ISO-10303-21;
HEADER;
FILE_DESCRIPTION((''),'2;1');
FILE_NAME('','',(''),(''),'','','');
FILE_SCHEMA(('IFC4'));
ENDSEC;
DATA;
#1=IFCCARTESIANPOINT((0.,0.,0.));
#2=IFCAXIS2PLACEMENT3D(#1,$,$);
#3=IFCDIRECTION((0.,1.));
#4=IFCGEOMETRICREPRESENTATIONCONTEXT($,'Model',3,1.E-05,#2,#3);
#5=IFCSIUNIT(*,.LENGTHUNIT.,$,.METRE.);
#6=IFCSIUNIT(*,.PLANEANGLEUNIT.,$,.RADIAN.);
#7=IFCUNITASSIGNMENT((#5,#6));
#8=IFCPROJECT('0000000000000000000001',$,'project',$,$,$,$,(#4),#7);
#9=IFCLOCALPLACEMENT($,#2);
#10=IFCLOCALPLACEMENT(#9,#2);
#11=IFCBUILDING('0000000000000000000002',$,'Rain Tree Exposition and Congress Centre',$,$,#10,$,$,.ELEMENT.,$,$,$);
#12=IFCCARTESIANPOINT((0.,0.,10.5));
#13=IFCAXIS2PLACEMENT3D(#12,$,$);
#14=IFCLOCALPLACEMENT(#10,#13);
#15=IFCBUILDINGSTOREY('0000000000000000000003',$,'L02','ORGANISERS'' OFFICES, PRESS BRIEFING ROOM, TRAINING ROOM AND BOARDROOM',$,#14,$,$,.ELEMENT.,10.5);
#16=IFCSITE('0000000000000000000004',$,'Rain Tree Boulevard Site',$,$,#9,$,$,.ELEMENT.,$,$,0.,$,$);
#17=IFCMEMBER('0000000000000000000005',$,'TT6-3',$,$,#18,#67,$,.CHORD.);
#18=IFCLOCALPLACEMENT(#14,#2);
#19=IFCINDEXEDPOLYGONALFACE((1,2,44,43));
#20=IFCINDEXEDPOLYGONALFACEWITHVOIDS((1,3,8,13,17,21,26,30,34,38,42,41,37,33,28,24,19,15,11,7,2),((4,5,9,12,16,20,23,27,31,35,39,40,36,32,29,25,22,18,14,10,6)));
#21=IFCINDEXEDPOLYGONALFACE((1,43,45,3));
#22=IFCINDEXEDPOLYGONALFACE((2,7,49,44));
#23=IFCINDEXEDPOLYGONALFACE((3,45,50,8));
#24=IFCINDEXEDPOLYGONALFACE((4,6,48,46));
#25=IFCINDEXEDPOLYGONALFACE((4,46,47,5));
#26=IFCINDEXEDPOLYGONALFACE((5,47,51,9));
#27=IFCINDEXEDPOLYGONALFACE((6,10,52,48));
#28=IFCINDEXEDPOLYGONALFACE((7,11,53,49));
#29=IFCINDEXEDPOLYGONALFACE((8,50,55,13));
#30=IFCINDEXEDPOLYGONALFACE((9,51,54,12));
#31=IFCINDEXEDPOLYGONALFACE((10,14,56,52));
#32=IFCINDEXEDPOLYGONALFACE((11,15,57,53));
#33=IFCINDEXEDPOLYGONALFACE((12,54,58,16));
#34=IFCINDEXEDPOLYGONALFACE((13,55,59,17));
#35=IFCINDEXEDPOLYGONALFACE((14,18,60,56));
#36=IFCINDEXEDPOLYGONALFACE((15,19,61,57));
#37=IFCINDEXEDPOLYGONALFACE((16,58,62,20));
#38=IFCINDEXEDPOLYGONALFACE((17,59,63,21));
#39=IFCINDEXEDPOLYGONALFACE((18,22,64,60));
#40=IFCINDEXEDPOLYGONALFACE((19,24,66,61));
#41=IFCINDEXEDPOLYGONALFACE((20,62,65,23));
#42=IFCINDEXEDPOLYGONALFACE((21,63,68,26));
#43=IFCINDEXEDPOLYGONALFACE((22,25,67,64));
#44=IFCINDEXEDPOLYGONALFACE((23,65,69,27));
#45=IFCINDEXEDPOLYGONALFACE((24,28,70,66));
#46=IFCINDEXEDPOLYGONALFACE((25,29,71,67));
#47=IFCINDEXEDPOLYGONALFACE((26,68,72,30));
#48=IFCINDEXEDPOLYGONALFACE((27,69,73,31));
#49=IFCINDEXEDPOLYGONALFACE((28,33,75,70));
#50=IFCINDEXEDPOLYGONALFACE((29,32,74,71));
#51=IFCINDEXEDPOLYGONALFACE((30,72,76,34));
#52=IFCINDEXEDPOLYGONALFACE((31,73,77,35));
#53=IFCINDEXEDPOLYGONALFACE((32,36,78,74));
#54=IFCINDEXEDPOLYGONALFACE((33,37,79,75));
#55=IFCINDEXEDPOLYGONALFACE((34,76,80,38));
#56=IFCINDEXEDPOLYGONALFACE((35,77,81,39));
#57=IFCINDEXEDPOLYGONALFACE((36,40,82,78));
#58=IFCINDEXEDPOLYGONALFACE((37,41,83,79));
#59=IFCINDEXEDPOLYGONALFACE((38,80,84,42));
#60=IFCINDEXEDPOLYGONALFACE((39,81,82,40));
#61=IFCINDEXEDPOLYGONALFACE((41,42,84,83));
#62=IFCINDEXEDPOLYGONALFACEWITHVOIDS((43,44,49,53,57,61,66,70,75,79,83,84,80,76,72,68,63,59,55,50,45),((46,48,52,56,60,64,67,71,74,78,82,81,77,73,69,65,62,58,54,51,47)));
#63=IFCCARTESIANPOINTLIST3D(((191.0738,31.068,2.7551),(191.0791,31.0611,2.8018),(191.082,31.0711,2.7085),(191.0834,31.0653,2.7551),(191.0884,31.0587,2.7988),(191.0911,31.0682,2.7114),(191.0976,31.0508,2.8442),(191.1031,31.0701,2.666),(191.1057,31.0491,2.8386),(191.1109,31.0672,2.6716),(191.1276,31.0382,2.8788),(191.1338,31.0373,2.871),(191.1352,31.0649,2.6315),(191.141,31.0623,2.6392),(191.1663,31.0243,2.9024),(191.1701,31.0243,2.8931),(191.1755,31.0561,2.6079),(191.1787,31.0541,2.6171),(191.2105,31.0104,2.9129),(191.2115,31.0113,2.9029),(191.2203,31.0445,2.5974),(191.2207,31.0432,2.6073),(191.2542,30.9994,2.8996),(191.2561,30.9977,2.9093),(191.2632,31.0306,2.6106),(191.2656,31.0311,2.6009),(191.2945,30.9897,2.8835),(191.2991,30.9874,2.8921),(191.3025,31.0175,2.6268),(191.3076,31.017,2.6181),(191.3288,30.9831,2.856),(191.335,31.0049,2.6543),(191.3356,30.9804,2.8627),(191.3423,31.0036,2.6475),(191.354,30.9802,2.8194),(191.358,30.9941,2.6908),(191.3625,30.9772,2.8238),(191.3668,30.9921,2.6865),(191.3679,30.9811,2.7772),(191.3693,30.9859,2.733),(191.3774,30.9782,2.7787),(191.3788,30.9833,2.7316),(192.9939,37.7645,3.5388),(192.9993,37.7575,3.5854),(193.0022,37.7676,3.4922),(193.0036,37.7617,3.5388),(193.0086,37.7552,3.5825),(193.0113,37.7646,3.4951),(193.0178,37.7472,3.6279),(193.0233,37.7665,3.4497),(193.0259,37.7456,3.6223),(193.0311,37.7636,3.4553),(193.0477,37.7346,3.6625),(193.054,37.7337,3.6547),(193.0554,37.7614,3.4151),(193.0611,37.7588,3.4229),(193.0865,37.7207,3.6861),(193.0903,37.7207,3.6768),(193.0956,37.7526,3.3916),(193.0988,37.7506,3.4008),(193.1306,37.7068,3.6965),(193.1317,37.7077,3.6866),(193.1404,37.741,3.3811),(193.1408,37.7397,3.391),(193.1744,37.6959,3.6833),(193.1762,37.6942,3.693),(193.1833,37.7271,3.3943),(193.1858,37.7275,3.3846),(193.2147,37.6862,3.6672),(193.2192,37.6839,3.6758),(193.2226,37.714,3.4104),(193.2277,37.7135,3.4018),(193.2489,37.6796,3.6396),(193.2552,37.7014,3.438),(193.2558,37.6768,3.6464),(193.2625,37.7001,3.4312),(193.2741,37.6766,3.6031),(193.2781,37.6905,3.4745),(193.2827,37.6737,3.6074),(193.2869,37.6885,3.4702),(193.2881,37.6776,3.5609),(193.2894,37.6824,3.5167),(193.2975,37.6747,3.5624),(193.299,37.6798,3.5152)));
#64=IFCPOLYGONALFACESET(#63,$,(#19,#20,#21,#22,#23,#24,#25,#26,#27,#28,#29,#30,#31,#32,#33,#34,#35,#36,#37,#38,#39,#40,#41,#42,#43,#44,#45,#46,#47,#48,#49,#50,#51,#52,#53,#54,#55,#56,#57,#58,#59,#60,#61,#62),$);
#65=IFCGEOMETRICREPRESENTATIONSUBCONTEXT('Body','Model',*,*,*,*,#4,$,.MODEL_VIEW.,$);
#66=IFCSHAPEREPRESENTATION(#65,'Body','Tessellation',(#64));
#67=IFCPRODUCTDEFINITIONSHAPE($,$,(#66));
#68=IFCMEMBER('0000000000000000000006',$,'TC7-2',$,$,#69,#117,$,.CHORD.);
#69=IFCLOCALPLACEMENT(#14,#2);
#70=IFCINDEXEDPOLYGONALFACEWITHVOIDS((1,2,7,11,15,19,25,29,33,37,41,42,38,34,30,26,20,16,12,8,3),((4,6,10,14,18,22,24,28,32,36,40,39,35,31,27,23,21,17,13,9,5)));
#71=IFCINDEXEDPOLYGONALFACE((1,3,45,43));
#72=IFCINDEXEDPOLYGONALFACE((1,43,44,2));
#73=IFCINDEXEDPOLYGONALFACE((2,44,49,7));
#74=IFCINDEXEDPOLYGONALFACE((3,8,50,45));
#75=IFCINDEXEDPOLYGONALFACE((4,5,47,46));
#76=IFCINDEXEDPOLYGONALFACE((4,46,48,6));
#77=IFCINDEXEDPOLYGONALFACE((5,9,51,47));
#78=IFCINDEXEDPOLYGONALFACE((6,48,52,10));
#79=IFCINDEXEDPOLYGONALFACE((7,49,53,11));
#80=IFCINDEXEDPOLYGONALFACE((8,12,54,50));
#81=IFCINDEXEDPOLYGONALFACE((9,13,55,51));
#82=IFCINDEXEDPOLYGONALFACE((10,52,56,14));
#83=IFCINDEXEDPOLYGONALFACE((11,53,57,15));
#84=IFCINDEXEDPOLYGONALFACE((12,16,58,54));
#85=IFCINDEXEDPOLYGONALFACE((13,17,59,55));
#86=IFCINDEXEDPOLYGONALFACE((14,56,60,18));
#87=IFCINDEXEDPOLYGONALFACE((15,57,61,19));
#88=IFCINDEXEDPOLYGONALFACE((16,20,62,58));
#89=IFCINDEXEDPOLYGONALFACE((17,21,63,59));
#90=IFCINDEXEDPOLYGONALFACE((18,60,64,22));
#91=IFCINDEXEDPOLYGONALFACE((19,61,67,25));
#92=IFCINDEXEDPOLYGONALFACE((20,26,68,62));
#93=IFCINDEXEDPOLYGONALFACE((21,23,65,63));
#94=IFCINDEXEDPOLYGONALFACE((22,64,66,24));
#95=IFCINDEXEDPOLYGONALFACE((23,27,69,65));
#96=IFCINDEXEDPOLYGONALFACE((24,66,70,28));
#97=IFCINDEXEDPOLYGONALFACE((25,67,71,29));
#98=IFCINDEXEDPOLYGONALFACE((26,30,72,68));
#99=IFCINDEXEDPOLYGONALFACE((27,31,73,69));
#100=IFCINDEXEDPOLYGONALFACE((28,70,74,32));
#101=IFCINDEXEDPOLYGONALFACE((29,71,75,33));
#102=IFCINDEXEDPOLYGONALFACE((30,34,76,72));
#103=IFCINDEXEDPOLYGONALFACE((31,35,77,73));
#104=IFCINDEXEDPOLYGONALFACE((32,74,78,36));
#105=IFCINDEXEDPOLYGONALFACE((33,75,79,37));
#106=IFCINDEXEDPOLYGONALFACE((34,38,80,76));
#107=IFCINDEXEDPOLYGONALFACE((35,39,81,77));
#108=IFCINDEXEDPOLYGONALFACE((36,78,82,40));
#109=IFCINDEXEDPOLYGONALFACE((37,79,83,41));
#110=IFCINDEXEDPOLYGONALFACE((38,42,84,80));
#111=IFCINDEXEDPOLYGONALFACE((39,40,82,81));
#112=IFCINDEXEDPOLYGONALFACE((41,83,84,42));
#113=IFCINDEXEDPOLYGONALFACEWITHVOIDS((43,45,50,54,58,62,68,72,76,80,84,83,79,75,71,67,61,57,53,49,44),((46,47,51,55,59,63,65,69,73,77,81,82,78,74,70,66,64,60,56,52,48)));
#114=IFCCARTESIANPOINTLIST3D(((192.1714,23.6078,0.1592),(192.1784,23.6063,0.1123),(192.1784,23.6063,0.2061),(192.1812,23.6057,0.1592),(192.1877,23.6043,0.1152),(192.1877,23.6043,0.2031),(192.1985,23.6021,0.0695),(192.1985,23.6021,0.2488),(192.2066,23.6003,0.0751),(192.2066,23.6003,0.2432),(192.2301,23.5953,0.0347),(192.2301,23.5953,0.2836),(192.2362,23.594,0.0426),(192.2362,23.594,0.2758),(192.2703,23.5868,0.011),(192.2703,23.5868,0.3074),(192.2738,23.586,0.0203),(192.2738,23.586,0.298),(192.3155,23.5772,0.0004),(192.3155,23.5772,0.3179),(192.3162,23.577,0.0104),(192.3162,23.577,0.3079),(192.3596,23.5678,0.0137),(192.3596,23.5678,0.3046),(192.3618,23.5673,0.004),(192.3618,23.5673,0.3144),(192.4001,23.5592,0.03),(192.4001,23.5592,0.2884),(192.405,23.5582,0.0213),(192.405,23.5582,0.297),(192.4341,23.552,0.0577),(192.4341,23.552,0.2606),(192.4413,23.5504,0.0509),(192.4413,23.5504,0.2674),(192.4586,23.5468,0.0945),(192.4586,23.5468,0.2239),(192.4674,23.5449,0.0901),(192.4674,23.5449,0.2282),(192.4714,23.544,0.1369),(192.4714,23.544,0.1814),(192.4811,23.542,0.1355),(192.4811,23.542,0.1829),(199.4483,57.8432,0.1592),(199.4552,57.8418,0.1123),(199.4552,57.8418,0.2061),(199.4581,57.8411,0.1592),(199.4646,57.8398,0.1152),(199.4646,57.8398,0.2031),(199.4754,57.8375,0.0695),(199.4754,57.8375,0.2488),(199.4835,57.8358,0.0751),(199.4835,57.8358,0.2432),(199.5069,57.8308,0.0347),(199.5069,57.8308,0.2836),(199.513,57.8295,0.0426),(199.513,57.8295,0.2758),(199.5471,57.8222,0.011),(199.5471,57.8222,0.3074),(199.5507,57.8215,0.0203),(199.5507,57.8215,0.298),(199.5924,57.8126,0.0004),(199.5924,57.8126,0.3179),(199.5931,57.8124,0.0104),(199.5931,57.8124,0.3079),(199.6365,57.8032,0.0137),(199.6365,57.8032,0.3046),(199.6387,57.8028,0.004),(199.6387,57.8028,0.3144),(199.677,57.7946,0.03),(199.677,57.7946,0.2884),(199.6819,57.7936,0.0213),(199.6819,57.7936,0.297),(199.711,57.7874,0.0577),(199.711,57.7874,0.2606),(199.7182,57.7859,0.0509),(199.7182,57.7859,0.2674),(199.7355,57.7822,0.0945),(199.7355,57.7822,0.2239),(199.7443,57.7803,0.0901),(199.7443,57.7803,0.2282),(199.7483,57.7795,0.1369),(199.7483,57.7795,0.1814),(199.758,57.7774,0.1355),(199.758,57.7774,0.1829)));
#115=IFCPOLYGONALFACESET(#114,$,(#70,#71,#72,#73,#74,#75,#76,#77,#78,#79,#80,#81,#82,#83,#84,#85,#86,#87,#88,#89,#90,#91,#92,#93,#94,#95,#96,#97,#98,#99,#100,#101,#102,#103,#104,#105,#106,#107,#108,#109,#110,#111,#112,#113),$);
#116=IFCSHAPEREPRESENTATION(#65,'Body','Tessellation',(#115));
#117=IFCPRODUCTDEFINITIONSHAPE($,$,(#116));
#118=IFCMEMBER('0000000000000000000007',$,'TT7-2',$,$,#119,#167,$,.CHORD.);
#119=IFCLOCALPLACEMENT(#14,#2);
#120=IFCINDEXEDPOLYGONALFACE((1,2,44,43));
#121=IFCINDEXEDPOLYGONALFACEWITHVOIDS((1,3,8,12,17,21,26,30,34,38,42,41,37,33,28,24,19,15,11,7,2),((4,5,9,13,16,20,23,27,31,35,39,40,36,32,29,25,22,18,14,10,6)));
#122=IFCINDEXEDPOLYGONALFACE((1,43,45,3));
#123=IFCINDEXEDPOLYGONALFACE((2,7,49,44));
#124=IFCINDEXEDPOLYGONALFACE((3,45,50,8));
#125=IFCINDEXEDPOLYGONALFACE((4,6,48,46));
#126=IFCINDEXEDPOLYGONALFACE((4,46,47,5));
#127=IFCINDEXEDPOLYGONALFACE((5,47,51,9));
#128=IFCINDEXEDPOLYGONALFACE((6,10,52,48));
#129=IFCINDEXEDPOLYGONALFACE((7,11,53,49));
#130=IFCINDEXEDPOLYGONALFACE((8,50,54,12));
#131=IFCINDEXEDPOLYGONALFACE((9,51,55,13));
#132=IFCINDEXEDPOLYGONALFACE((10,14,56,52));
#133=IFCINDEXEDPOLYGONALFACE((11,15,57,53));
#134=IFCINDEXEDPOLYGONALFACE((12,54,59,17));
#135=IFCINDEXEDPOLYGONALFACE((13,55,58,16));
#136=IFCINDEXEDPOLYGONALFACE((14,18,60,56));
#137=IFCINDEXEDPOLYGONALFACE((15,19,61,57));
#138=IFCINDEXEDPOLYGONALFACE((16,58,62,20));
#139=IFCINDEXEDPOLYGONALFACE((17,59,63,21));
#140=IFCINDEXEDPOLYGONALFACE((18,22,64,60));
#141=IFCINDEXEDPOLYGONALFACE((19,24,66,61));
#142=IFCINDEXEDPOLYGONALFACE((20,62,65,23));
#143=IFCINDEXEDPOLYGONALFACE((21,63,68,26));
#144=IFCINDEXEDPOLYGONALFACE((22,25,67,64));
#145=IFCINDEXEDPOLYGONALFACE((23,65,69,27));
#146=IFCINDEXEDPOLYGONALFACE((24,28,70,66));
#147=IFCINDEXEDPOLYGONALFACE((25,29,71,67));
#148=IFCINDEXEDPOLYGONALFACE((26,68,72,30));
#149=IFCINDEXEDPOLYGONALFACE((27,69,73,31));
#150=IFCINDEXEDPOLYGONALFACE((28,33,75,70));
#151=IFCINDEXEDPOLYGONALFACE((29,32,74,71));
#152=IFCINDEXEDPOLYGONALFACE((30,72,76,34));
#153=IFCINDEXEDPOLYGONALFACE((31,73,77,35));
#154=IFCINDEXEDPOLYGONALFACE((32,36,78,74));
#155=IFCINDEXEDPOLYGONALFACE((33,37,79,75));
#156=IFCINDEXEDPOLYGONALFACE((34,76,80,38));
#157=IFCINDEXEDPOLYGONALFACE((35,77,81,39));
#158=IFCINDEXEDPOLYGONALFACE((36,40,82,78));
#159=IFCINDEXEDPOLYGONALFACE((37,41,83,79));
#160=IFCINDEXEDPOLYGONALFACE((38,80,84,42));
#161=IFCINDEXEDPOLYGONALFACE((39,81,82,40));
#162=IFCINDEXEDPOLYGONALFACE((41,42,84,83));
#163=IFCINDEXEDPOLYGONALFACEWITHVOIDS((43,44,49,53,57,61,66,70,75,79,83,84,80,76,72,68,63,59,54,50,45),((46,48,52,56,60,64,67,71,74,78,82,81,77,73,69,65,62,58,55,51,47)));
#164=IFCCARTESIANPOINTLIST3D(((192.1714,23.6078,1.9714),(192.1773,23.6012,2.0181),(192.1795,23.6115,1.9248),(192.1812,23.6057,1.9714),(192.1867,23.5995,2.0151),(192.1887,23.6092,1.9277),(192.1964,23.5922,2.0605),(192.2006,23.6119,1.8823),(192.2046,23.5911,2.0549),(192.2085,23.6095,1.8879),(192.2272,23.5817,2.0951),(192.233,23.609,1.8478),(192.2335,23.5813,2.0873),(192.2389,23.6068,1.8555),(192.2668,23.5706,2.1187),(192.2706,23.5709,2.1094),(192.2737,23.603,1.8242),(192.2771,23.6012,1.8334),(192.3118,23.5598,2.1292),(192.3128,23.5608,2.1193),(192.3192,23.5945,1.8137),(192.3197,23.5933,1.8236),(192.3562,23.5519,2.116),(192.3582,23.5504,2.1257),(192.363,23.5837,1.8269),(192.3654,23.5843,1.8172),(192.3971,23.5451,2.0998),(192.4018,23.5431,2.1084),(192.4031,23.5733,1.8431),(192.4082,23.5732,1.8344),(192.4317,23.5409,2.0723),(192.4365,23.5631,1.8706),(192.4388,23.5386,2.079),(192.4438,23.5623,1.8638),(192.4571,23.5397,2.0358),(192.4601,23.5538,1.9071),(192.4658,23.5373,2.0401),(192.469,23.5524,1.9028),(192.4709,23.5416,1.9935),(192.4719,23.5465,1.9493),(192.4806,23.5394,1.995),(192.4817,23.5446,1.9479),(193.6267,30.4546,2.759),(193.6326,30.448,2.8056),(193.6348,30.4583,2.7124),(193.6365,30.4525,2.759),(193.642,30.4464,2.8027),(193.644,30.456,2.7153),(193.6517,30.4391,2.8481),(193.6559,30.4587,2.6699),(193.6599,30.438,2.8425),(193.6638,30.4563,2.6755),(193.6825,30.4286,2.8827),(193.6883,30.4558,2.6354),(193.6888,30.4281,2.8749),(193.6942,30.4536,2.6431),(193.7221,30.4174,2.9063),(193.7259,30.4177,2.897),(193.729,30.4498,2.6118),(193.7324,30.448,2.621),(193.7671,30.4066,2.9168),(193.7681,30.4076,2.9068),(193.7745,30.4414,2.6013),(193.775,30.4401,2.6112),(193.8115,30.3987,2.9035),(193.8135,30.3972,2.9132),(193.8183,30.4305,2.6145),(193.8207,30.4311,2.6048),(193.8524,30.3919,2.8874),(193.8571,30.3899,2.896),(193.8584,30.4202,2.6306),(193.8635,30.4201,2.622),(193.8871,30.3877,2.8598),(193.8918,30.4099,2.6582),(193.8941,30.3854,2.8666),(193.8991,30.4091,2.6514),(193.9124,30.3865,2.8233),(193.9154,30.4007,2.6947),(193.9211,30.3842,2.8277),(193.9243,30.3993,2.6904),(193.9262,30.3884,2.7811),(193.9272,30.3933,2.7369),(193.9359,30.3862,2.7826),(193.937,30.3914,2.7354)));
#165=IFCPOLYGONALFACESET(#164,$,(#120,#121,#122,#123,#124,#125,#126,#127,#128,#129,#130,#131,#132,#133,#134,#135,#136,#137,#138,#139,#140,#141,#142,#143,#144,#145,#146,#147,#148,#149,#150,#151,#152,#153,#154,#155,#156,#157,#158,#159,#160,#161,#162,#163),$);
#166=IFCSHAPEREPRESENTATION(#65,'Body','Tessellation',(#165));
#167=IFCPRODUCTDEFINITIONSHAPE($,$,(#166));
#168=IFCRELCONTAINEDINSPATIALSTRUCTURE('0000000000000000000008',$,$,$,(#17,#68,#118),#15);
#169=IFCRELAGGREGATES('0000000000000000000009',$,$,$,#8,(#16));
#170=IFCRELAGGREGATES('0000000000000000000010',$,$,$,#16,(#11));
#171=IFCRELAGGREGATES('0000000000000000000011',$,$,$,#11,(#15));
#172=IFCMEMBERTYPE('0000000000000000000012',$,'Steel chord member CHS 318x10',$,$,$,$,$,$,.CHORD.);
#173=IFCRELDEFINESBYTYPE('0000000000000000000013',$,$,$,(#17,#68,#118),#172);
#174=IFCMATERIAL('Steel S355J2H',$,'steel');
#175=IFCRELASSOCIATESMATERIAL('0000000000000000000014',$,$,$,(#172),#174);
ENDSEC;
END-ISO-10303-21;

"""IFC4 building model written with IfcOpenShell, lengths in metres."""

from ifc_helpers import new_model, si_unit, direction, frame, origin, origin_2d, place, context, subcontext, project, spatial, hollow_circle, extrude, material, material_profile, profile_set, type_object, element, save


model = new_model("IFC4")

# Units and contexts
model_context = context("Model", 3, precision=1e-05, world=origin(), true_north=direction((0.0, 1.0)))
body_context = subcontext(model_context, "Body", "Model", "MODEL_VIEW")
ifc_project = project(units=[si_unit("LENGTHUNIT", "METRE"), si_unit("PLANEANGLEUNIT", "RADIAN")], contexts=[model_context])

# Site, building, storey
site_placement = place(None, origin())
site = spatial("IfcSite", under=ifc_project, at=site_placement, Name="Rain Tree Boulevard Site", CompositionType="ELEMENT", RefElevation=0.0)
building_placement = place(site_placement, origin())
building = spatial("IfcBuilding", under=site, at=building_placement, Name="Rain Tree Exposition and Congress Centre", CompositionType="ELEMENT")
storey_placement = place(building_placement, frame((0.0, 0.0, 10.5)))
storey = spatial("IfcBuildingStorey", under=building, at=storey_placement, Name="L02", Description="ORGANISERS' OFFICES, PRESS BRIEFING ROOM, TRAINING ROOM AND BOARDROOM", CompositionType="ELEMENT", Elevation=10.5)

# Members
ifc_material_1 = material(Name="Steel S355J2H", Category="steel")
ifc_material_profile_1 = material_profile(ifc_material_1, hollow_circle(Radius=0.1592, WallThickness=0.01, at=origin_2d()), Name="CHS 318x10")
ifc_profile_set_1 = profile_set([ifc_material_profile_1], Name="Steel S355J2H")
member_type_1 = type_object("IfcMemberType", Name="Steel chord member CHS 318x10", PredefinedType="CHORD", material=ifc_profile_set_1)
member_1_placement = place(storey_placement, frame((191.2268, 31.0242, 2.7551), z_axis=(0.273905, 0.955238, 0.111791), x_axis=(-0.961263, 0.275633, 0.0)))
element("IfcMember", 1, at=member_1_placement, inside=storey, type_object=member_type_1, Name="TT6-3", PredefinedType="CHORD", context=body_context, shape_type="SweptSolid", body=[
    extrude(hollow_circle(Radius=0.1592, WallThickness=0.01, at=origin_2d()), origin(), (0.0, 0.0, 1.0), 7.0103),
])
member_2_placement = place(storey_placement, frame((192.3271, 23.5747, 0.1592), z_axis=(0.207909, 0.978148, 0.0), x_axis=(-0.978148, 0.207909, 0.0)))
element("IfcMember", 2, at=member_2_placement, inside=storey, type_object=member_type_1, Name="TC7-2", PredefinedType="CHORD", context=body_context, shape_type="SweptSolid", body=[
    extrude(hollow_circle(Radius=0.1592, WallThickness=0.01, at=origin_2d()), origin(), (0.0, 0.0, 1.0), 35.0002),
])
member_3_placement = place(storey_placement, frame((192.3271, 23.5747, 1.9714), z_axis=(0.206603, 0.972015, 0.11181), x_axis=(-0.978149, 0.207907, 0.0)))
element("IfcMember", 3, at=member_3_placement, inside=storey, type_object=member_type_1, Name="TT7-2", PredefinedType="CHORD", context=body_context, shape_type="SweptSolid", body=[
    extrude(hollow_circle(Radius=0.1592, WallThickness=0.01, at=origin_2d()), origin(), (0.0, 0.0, 1.0), 7.0439),
])

save(model, "model.ifc")
